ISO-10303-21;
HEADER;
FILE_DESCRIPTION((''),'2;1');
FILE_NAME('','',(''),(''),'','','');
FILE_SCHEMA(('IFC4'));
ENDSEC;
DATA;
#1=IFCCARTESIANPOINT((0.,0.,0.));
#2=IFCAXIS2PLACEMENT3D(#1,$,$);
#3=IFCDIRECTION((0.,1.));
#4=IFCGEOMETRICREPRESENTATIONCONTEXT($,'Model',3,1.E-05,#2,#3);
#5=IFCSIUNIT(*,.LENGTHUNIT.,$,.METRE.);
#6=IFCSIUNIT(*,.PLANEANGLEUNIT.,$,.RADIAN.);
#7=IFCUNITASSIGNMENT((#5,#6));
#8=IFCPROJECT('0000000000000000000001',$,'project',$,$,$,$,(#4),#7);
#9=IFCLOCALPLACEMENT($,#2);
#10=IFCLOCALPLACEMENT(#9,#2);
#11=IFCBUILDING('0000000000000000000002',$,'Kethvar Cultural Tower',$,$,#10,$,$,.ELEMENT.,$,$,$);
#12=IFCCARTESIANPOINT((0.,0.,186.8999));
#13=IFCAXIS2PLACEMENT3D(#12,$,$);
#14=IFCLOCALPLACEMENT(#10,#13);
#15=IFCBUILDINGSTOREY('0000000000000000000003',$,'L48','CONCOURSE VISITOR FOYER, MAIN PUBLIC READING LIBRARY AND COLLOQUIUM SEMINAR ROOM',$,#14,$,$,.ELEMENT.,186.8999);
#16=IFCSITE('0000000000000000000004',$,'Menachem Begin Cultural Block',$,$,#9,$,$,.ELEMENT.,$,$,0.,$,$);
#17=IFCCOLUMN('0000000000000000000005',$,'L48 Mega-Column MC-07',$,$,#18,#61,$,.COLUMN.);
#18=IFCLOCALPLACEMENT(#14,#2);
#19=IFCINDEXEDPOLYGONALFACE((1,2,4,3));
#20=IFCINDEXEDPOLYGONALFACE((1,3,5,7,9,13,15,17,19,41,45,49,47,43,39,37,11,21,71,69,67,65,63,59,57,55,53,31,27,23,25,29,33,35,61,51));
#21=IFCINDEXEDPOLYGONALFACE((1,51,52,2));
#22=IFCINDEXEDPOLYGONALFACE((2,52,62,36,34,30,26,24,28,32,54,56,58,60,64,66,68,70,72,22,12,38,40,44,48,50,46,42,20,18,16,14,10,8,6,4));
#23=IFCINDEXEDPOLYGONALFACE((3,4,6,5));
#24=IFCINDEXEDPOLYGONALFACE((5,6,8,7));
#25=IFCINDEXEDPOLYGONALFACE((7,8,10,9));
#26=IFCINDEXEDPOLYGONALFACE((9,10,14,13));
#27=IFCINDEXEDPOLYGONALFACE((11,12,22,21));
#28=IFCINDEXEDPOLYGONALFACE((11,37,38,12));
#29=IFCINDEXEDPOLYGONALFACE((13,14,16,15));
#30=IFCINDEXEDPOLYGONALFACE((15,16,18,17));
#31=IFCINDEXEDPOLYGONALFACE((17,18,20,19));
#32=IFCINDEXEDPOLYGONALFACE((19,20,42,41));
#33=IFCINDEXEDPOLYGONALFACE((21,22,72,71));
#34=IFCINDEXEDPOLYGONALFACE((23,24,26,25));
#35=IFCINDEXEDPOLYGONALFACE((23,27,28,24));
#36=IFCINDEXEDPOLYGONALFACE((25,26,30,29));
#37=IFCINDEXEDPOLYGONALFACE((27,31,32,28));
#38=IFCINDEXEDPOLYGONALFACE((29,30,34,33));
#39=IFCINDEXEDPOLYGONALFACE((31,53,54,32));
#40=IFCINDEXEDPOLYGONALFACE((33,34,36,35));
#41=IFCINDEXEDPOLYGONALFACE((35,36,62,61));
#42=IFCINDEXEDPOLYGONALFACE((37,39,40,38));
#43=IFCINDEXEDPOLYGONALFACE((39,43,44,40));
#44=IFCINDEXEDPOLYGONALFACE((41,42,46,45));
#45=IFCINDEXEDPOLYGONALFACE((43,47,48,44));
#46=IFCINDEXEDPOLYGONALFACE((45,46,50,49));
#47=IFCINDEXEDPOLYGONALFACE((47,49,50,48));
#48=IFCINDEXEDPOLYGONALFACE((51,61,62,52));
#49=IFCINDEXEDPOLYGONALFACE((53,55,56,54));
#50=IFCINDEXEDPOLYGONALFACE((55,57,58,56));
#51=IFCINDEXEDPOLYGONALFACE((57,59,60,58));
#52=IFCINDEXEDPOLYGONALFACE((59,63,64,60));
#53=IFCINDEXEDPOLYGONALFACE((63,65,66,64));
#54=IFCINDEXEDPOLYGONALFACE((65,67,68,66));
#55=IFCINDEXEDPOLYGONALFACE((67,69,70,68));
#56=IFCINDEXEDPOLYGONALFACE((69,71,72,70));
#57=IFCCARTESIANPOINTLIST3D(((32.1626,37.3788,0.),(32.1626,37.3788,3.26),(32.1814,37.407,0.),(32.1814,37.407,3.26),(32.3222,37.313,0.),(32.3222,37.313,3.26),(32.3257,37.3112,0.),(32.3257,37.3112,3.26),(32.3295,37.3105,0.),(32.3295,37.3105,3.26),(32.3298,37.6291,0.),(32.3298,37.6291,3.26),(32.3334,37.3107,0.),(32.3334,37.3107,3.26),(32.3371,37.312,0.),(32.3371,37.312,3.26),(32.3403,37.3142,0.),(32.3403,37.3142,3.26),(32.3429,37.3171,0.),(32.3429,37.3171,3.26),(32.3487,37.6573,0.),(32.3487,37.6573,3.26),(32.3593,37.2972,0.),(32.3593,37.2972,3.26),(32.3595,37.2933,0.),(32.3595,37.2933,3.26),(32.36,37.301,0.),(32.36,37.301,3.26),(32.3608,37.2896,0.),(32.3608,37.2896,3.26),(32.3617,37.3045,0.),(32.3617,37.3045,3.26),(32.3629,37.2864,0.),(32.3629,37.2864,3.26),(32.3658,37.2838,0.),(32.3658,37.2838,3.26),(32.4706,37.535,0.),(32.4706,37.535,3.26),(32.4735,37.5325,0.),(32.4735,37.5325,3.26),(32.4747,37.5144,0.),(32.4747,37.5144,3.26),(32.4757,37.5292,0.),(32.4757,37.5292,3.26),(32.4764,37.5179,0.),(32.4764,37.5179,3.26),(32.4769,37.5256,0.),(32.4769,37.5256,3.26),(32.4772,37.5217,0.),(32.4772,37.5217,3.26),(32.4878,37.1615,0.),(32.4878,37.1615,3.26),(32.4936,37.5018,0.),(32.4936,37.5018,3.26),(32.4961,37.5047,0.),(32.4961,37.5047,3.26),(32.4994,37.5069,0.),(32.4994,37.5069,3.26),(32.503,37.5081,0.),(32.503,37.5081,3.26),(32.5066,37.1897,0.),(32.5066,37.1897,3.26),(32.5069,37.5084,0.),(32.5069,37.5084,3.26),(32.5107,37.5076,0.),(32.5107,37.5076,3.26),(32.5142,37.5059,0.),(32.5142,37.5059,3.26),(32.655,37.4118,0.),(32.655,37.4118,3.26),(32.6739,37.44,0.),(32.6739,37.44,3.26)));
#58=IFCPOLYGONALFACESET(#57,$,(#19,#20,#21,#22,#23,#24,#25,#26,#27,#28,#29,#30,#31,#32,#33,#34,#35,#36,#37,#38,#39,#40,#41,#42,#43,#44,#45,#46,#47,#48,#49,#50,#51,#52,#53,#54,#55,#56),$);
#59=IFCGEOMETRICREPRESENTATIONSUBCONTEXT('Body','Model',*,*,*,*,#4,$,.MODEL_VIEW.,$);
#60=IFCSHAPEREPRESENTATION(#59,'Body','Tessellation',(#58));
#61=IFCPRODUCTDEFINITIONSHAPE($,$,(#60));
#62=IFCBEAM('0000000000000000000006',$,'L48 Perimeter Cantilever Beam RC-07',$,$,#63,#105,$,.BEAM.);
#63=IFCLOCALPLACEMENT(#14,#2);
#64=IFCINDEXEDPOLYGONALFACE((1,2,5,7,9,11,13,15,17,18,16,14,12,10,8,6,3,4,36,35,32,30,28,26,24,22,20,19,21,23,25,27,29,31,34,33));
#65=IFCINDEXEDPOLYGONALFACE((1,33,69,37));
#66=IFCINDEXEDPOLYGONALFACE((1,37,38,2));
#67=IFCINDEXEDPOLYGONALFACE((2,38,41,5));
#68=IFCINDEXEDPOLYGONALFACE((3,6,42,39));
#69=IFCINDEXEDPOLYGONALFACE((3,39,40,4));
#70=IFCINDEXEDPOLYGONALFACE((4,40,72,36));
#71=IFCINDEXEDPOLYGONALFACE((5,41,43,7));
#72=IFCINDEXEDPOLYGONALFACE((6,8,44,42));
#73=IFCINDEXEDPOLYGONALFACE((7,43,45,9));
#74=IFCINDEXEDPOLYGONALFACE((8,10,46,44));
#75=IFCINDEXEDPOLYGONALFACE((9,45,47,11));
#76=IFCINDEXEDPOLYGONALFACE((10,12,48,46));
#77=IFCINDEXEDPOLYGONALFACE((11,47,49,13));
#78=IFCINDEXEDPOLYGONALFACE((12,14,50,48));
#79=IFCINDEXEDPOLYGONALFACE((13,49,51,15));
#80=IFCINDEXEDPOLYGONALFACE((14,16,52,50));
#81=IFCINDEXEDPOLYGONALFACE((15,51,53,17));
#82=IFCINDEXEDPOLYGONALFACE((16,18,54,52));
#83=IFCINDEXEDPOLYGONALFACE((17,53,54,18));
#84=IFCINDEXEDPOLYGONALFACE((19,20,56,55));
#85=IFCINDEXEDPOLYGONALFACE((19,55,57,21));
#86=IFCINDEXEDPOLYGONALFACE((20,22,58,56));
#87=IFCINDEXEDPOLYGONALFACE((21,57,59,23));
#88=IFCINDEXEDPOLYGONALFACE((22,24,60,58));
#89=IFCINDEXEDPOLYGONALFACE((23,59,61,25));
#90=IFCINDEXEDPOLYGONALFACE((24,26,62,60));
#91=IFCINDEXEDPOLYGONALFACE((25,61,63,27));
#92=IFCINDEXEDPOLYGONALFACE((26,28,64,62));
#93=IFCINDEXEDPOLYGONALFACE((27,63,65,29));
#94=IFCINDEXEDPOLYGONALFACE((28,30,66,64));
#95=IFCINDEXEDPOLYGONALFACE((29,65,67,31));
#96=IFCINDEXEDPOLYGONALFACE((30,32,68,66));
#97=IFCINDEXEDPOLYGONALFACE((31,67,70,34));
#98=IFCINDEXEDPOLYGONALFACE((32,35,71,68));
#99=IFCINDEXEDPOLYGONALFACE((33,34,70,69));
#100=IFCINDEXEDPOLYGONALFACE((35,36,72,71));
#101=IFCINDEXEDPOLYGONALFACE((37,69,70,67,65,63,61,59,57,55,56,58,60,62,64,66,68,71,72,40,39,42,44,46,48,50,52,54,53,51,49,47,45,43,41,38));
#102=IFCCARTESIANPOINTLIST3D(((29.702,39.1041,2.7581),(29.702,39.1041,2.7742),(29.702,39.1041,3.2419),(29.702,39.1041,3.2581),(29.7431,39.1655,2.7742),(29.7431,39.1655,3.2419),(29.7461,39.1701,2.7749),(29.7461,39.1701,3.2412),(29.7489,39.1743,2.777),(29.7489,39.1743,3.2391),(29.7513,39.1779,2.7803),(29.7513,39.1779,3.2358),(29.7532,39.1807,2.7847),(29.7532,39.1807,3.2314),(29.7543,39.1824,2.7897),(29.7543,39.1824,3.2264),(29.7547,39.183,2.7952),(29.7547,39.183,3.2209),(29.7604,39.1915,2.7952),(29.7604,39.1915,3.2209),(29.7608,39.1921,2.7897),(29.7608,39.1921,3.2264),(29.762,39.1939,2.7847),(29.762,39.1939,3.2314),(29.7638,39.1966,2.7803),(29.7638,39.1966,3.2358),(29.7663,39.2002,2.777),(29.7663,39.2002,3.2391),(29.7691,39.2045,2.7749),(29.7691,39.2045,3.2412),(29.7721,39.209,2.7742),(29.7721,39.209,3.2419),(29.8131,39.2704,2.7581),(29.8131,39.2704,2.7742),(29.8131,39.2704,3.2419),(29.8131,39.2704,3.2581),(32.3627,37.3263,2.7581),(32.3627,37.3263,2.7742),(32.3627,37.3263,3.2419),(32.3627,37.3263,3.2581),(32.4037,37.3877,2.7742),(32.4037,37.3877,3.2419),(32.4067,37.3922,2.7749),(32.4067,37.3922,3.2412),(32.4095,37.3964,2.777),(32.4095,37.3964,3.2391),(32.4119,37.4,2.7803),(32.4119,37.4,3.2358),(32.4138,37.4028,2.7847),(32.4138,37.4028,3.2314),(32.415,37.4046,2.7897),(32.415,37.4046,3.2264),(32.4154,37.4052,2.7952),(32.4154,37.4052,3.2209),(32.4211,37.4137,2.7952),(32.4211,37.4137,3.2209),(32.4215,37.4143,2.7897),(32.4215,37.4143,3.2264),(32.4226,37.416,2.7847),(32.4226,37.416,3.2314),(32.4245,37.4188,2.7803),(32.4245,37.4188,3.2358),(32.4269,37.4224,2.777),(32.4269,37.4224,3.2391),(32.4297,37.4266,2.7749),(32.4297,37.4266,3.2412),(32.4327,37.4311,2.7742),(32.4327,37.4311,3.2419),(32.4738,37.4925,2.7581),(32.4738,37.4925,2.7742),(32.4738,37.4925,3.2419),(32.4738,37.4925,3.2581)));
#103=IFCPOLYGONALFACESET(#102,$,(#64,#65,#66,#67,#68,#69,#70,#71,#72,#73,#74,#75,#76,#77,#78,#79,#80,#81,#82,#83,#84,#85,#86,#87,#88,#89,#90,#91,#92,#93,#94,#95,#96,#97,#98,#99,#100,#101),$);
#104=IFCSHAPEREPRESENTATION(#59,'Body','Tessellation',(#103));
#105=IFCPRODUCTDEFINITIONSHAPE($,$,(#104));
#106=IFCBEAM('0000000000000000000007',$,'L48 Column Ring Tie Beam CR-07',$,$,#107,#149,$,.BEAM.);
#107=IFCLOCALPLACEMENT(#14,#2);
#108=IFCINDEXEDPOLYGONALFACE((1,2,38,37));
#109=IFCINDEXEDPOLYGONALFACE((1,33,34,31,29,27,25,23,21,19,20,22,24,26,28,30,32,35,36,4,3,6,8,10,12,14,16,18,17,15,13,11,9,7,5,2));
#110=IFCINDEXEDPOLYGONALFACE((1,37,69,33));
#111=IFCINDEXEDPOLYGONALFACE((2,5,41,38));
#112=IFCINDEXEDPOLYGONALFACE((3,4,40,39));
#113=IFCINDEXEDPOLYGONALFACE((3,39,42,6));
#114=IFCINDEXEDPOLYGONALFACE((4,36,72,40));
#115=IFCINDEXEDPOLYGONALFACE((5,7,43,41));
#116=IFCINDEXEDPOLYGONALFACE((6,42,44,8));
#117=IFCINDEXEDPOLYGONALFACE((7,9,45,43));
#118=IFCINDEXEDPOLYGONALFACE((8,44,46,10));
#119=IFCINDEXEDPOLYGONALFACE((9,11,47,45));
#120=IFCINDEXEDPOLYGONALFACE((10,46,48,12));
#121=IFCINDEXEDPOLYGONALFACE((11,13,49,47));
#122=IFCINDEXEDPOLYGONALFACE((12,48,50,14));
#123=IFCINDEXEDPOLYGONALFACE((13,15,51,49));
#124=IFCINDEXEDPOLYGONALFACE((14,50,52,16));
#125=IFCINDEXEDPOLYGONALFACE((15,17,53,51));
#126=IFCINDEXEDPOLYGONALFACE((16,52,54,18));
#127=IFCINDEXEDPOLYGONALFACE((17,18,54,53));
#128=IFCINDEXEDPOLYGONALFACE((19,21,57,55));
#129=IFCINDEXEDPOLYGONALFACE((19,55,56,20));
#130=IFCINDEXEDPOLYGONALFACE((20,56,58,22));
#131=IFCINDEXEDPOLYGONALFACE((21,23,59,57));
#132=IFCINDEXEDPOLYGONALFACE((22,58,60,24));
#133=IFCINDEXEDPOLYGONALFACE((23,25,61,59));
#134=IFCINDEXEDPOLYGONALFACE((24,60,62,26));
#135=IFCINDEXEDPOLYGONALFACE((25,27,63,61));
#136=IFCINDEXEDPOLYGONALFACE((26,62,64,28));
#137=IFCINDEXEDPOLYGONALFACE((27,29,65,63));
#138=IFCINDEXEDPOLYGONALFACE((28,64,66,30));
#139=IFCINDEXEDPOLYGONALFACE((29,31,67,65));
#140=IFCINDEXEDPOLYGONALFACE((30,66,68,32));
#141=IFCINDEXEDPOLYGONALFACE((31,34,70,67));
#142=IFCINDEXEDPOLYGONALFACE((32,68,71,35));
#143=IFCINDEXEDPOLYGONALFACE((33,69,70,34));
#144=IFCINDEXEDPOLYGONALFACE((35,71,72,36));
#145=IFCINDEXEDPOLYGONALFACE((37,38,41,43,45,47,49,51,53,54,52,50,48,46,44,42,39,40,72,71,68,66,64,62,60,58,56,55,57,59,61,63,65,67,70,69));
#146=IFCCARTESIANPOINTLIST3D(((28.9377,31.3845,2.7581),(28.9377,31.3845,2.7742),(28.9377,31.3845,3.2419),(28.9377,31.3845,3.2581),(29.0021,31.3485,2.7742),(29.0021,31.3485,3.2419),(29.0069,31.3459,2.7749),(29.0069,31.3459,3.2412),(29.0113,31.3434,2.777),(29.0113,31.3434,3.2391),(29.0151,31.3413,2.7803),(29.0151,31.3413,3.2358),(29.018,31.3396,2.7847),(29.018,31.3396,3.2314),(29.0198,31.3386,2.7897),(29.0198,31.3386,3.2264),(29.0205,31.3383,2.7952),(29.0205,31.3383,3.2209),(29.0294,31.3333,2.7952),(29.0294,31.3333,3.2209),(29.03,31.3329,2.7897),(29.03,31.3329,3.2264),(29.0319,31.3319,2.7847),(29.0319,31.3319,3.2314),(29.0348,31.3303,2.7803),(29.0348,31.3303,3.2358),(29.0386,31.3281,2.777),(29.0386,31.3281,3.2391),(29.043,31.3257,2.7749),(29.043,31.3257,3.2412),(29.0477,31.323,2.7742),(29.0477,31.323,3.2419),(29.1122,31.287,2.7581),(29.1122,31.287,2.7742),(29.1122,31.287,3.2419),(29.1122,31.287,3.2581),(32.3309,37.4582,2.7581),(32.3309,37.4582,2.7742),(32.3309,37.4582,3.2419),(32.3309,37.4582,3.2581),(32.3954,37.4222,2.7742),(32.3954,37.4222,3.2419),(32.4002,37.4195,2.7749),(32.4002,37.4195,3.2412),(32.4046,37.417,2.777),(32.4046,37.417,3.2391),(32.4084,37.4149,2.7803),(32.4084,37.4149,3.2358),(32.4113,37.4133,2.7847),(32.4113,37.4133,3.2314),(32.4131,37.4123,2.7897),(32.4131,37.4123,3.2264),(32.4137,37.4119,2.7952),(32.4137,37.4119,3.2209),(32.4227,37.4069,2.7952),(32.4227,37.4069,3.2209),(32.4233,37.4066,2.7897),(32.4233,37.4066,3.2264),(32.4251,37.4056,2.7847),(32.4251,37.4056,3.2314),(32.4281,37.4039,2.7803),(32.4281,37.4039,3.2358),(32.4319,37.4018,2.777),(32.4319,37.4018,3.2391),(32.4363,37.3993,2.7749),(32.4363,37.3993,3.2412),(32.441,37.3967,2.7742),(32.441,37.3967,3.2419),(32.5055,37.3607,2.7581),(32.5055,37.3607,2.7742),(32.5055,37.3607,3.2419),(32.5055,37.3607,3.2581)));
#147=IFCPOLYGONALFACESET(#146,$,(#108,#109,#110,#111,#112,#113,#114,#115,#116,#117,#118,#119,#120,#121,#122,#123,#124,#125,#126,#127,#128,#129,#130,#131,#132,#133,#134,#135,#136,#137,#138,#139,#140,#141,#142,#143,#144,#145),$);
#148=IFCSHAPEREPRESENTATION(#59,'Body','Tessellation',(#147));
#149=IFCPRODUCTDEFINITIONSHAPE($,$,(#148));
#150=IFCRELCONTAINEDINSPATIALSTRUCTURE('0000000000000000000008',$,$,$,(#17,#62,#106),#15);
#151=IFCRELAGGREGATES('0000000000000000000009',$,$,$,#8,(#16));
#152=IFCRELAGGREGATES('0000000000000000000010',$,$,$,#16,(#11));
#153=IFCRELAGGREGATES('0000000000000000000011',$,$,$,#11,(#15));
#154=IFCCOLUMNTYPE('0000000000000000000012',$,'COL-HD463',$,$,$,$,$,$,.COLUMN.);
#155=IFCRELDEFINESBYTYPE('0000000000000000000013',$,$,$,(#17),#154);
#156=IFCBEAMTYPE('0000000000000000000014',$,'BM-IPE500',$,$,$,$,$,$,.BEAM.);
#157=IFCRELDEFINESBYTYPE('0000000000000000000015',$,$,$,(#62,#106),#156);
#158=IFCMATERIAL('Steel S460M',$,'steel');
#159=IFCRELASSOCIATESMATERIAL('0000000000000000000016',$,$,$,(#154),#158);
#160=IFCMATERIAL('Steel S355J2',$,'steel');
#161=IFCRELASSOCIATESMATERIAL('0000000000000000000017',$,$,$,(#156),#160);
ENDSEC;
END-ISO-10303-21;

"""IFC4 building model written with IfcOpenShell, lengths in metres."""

from ifc_helpers import new_model, si_unit, direction, frame, origin, origin_2d, place, context, subcontext, project, spatial, i_section, extrude, source, transform, mapped, material, material_profile, profile_set, type_object, element, save


model = new_model("IFC4")

# Units and contexts
model_context = context("Model", 3, precision=1e-05, world=origin(), true_north=direction((0.0, 1.0)))
body_context = subcontext(model_context, "Body", "Model", "MODEL_VIEW")
ifc_project = project(units=[si_unit("LENGTHUNIT", "METRE"), si_unit("PLANEANGLEUNIT", "RADIAN")], contexts=[model_context])

# Site, building, storey
site_placement = place(None, origin())
site = spatial("IfcSite", under=ifc_project, at=site_placement, Name="Menachem Begin Cultural Block", CompositionType="ELEMENT", RefElevation=0.0)
building_placement = place(site_placement, origin())
building = spatial("IfcBuilding", under=site, at=building_placement, Name="Kethvar Cultural Tower", CompositionType="ELEMENT")
storey_placement = place(building_placement, frame((0.0, 0.0, 186.8999)))
storey = spatial("IfcBuildingStorey", under=building, at=storey_placement, Name="L48", Description="CONCOURSE VISITOR FOYER, MAIN PUBLIC READING LIBRARY AND COLLOQUIUM SEMINAR ROOM", CompositionType="ELEMENT", Elevation=186.8999)

# Column
ifc_material_1 = material(Name="Steel S460M", Category="steel")
ifc_material_profile_1 = material_profile(ifc_material_1, i_section(OverallWidth=0.3911, OverallDepth=0.335, WebThickness=0.0227, FlangeThickness=0.0339, FilletRadius=0.0149, at=origin_2d()), Name="Steel S460M — HD400x463")
ifc_profile_set_1 = profile_set([ifc_material_profile_1], Name="Steel S460M — HD400x463")
column_type = type_object("IfcColumnType", Name="COL-HD463", PredefinedType="COLUMN", material=ifc_profile_set_1)
shared_shape_1 = source(origin(), body_context, "Body", "SweptSolid", [
    extrude(i_section(OverallWidth=0.3911, OverallDepth=0.335, WebThickness=0.0227, FlangeThickness=0.0339, FilletRadius=0.0149, at=origin_2d()), origin(), (0.0, 0.0, 1.0), 3.26),
])
column_placement = place(storey_placement, frame((32.4182, 37.4094, 0.0), z_axis=(0.0, 0.0, 1.0), x_axis=(-0.83147, 0.55557, 0.0)))
element("IfcColumn", 1, at=column_placement, inside=storey, type_object=column_type, Name="L48 Mega-Column MC-07", PredefinedType="COLUMN", context=body_context, shape_type="MappedRepresentation", body=[
    mapped(shared_shape_1, transform((0.0, 0.0, 0.0), scale=1.0)),
])

# Beams
ifc_material_2 = material(Name="Steel S355J2", Category="steel")
ifc_material_profile_2 = material_profile(ifc_material_2, i_section(OverallWidth=0.2, OverallDepth=0.5, WebThickness=0.0103, FlangeThickness=0.0161, FilletRadius=0.021, at=origin_2d()), Name="Steel S355J2 — IPE500")
ifc_profile_set_2 = profile_set([ifc_material_profile_2], Name="Steel S355J2 — IPE500")
beam_type_1 = type_object("IfcBeamType", Name="BM-IPE500", PredefinedType="BEAM", material=ifc_profile_set_2)
shared_shape_2 = source(origin(), body_context, "Body", "SweptSolid", [
    extrude(i_section(OverallWidth=0.2, OverallDepth=0.5, WebThickness=0.0103, FlangeThickness=0.0161, FilletRadius=0.021, at=origin_2d()), origin(), (0.0, 0.0, 1.0), 3.2),
])
beam_1_placement = place(storey_placement, frame((32.4182, 37.4094, 3.0081), z_axis=(-0.831463, 0.55558, 0.0), x_axis=(-0.55558, -0.831463, 0.0)))
element("IfcBeam", 2, at=beam_1_placement, inside=storey, type_object=beam_type_1, Name="L48 Perimeter Cantilever Beam RC-07", PredefinedType="BEAM", context=body_context, shape_type="MappedRepresentation", body=[
    mapped(shared_shape_2, transform((0.0, 0.0, 0.0), scale=1.0)),
])
shared_shape_3 = source(origin(), body_context, "Body", "SweptSolid", [
    extrude(i_section(OverallWidth=0.2, OverallDepth=0.5, WebThickness=0.0103, FlangeThickness=0.0161, FilletRadius=0.021, at=origin_2d()), origin(), (0.0, 0.0, 1.0), 6.9573),
])
beam_2_placement = place(storey_placement, frame((32.4182, 37.4094, 3.0081), z_axis=(-0.48773, -0.872994, 0.0), x_axis=(0.872994, -0.48773, 0.0)))
element("IfcBeam", 3, at=beam_2_placement, inside=storey, type_object=beam_type_1, Name="L48 Column Ring Tie Beam CR-07", PredefinedType="BEAM", context=body_context, shape_type="MappedRepresentation", body=[
    mapped(shared_shape_3, transform((0.0, 0.0, 0.0), scale=1.0)),
])

save(model, "model.ifc")
